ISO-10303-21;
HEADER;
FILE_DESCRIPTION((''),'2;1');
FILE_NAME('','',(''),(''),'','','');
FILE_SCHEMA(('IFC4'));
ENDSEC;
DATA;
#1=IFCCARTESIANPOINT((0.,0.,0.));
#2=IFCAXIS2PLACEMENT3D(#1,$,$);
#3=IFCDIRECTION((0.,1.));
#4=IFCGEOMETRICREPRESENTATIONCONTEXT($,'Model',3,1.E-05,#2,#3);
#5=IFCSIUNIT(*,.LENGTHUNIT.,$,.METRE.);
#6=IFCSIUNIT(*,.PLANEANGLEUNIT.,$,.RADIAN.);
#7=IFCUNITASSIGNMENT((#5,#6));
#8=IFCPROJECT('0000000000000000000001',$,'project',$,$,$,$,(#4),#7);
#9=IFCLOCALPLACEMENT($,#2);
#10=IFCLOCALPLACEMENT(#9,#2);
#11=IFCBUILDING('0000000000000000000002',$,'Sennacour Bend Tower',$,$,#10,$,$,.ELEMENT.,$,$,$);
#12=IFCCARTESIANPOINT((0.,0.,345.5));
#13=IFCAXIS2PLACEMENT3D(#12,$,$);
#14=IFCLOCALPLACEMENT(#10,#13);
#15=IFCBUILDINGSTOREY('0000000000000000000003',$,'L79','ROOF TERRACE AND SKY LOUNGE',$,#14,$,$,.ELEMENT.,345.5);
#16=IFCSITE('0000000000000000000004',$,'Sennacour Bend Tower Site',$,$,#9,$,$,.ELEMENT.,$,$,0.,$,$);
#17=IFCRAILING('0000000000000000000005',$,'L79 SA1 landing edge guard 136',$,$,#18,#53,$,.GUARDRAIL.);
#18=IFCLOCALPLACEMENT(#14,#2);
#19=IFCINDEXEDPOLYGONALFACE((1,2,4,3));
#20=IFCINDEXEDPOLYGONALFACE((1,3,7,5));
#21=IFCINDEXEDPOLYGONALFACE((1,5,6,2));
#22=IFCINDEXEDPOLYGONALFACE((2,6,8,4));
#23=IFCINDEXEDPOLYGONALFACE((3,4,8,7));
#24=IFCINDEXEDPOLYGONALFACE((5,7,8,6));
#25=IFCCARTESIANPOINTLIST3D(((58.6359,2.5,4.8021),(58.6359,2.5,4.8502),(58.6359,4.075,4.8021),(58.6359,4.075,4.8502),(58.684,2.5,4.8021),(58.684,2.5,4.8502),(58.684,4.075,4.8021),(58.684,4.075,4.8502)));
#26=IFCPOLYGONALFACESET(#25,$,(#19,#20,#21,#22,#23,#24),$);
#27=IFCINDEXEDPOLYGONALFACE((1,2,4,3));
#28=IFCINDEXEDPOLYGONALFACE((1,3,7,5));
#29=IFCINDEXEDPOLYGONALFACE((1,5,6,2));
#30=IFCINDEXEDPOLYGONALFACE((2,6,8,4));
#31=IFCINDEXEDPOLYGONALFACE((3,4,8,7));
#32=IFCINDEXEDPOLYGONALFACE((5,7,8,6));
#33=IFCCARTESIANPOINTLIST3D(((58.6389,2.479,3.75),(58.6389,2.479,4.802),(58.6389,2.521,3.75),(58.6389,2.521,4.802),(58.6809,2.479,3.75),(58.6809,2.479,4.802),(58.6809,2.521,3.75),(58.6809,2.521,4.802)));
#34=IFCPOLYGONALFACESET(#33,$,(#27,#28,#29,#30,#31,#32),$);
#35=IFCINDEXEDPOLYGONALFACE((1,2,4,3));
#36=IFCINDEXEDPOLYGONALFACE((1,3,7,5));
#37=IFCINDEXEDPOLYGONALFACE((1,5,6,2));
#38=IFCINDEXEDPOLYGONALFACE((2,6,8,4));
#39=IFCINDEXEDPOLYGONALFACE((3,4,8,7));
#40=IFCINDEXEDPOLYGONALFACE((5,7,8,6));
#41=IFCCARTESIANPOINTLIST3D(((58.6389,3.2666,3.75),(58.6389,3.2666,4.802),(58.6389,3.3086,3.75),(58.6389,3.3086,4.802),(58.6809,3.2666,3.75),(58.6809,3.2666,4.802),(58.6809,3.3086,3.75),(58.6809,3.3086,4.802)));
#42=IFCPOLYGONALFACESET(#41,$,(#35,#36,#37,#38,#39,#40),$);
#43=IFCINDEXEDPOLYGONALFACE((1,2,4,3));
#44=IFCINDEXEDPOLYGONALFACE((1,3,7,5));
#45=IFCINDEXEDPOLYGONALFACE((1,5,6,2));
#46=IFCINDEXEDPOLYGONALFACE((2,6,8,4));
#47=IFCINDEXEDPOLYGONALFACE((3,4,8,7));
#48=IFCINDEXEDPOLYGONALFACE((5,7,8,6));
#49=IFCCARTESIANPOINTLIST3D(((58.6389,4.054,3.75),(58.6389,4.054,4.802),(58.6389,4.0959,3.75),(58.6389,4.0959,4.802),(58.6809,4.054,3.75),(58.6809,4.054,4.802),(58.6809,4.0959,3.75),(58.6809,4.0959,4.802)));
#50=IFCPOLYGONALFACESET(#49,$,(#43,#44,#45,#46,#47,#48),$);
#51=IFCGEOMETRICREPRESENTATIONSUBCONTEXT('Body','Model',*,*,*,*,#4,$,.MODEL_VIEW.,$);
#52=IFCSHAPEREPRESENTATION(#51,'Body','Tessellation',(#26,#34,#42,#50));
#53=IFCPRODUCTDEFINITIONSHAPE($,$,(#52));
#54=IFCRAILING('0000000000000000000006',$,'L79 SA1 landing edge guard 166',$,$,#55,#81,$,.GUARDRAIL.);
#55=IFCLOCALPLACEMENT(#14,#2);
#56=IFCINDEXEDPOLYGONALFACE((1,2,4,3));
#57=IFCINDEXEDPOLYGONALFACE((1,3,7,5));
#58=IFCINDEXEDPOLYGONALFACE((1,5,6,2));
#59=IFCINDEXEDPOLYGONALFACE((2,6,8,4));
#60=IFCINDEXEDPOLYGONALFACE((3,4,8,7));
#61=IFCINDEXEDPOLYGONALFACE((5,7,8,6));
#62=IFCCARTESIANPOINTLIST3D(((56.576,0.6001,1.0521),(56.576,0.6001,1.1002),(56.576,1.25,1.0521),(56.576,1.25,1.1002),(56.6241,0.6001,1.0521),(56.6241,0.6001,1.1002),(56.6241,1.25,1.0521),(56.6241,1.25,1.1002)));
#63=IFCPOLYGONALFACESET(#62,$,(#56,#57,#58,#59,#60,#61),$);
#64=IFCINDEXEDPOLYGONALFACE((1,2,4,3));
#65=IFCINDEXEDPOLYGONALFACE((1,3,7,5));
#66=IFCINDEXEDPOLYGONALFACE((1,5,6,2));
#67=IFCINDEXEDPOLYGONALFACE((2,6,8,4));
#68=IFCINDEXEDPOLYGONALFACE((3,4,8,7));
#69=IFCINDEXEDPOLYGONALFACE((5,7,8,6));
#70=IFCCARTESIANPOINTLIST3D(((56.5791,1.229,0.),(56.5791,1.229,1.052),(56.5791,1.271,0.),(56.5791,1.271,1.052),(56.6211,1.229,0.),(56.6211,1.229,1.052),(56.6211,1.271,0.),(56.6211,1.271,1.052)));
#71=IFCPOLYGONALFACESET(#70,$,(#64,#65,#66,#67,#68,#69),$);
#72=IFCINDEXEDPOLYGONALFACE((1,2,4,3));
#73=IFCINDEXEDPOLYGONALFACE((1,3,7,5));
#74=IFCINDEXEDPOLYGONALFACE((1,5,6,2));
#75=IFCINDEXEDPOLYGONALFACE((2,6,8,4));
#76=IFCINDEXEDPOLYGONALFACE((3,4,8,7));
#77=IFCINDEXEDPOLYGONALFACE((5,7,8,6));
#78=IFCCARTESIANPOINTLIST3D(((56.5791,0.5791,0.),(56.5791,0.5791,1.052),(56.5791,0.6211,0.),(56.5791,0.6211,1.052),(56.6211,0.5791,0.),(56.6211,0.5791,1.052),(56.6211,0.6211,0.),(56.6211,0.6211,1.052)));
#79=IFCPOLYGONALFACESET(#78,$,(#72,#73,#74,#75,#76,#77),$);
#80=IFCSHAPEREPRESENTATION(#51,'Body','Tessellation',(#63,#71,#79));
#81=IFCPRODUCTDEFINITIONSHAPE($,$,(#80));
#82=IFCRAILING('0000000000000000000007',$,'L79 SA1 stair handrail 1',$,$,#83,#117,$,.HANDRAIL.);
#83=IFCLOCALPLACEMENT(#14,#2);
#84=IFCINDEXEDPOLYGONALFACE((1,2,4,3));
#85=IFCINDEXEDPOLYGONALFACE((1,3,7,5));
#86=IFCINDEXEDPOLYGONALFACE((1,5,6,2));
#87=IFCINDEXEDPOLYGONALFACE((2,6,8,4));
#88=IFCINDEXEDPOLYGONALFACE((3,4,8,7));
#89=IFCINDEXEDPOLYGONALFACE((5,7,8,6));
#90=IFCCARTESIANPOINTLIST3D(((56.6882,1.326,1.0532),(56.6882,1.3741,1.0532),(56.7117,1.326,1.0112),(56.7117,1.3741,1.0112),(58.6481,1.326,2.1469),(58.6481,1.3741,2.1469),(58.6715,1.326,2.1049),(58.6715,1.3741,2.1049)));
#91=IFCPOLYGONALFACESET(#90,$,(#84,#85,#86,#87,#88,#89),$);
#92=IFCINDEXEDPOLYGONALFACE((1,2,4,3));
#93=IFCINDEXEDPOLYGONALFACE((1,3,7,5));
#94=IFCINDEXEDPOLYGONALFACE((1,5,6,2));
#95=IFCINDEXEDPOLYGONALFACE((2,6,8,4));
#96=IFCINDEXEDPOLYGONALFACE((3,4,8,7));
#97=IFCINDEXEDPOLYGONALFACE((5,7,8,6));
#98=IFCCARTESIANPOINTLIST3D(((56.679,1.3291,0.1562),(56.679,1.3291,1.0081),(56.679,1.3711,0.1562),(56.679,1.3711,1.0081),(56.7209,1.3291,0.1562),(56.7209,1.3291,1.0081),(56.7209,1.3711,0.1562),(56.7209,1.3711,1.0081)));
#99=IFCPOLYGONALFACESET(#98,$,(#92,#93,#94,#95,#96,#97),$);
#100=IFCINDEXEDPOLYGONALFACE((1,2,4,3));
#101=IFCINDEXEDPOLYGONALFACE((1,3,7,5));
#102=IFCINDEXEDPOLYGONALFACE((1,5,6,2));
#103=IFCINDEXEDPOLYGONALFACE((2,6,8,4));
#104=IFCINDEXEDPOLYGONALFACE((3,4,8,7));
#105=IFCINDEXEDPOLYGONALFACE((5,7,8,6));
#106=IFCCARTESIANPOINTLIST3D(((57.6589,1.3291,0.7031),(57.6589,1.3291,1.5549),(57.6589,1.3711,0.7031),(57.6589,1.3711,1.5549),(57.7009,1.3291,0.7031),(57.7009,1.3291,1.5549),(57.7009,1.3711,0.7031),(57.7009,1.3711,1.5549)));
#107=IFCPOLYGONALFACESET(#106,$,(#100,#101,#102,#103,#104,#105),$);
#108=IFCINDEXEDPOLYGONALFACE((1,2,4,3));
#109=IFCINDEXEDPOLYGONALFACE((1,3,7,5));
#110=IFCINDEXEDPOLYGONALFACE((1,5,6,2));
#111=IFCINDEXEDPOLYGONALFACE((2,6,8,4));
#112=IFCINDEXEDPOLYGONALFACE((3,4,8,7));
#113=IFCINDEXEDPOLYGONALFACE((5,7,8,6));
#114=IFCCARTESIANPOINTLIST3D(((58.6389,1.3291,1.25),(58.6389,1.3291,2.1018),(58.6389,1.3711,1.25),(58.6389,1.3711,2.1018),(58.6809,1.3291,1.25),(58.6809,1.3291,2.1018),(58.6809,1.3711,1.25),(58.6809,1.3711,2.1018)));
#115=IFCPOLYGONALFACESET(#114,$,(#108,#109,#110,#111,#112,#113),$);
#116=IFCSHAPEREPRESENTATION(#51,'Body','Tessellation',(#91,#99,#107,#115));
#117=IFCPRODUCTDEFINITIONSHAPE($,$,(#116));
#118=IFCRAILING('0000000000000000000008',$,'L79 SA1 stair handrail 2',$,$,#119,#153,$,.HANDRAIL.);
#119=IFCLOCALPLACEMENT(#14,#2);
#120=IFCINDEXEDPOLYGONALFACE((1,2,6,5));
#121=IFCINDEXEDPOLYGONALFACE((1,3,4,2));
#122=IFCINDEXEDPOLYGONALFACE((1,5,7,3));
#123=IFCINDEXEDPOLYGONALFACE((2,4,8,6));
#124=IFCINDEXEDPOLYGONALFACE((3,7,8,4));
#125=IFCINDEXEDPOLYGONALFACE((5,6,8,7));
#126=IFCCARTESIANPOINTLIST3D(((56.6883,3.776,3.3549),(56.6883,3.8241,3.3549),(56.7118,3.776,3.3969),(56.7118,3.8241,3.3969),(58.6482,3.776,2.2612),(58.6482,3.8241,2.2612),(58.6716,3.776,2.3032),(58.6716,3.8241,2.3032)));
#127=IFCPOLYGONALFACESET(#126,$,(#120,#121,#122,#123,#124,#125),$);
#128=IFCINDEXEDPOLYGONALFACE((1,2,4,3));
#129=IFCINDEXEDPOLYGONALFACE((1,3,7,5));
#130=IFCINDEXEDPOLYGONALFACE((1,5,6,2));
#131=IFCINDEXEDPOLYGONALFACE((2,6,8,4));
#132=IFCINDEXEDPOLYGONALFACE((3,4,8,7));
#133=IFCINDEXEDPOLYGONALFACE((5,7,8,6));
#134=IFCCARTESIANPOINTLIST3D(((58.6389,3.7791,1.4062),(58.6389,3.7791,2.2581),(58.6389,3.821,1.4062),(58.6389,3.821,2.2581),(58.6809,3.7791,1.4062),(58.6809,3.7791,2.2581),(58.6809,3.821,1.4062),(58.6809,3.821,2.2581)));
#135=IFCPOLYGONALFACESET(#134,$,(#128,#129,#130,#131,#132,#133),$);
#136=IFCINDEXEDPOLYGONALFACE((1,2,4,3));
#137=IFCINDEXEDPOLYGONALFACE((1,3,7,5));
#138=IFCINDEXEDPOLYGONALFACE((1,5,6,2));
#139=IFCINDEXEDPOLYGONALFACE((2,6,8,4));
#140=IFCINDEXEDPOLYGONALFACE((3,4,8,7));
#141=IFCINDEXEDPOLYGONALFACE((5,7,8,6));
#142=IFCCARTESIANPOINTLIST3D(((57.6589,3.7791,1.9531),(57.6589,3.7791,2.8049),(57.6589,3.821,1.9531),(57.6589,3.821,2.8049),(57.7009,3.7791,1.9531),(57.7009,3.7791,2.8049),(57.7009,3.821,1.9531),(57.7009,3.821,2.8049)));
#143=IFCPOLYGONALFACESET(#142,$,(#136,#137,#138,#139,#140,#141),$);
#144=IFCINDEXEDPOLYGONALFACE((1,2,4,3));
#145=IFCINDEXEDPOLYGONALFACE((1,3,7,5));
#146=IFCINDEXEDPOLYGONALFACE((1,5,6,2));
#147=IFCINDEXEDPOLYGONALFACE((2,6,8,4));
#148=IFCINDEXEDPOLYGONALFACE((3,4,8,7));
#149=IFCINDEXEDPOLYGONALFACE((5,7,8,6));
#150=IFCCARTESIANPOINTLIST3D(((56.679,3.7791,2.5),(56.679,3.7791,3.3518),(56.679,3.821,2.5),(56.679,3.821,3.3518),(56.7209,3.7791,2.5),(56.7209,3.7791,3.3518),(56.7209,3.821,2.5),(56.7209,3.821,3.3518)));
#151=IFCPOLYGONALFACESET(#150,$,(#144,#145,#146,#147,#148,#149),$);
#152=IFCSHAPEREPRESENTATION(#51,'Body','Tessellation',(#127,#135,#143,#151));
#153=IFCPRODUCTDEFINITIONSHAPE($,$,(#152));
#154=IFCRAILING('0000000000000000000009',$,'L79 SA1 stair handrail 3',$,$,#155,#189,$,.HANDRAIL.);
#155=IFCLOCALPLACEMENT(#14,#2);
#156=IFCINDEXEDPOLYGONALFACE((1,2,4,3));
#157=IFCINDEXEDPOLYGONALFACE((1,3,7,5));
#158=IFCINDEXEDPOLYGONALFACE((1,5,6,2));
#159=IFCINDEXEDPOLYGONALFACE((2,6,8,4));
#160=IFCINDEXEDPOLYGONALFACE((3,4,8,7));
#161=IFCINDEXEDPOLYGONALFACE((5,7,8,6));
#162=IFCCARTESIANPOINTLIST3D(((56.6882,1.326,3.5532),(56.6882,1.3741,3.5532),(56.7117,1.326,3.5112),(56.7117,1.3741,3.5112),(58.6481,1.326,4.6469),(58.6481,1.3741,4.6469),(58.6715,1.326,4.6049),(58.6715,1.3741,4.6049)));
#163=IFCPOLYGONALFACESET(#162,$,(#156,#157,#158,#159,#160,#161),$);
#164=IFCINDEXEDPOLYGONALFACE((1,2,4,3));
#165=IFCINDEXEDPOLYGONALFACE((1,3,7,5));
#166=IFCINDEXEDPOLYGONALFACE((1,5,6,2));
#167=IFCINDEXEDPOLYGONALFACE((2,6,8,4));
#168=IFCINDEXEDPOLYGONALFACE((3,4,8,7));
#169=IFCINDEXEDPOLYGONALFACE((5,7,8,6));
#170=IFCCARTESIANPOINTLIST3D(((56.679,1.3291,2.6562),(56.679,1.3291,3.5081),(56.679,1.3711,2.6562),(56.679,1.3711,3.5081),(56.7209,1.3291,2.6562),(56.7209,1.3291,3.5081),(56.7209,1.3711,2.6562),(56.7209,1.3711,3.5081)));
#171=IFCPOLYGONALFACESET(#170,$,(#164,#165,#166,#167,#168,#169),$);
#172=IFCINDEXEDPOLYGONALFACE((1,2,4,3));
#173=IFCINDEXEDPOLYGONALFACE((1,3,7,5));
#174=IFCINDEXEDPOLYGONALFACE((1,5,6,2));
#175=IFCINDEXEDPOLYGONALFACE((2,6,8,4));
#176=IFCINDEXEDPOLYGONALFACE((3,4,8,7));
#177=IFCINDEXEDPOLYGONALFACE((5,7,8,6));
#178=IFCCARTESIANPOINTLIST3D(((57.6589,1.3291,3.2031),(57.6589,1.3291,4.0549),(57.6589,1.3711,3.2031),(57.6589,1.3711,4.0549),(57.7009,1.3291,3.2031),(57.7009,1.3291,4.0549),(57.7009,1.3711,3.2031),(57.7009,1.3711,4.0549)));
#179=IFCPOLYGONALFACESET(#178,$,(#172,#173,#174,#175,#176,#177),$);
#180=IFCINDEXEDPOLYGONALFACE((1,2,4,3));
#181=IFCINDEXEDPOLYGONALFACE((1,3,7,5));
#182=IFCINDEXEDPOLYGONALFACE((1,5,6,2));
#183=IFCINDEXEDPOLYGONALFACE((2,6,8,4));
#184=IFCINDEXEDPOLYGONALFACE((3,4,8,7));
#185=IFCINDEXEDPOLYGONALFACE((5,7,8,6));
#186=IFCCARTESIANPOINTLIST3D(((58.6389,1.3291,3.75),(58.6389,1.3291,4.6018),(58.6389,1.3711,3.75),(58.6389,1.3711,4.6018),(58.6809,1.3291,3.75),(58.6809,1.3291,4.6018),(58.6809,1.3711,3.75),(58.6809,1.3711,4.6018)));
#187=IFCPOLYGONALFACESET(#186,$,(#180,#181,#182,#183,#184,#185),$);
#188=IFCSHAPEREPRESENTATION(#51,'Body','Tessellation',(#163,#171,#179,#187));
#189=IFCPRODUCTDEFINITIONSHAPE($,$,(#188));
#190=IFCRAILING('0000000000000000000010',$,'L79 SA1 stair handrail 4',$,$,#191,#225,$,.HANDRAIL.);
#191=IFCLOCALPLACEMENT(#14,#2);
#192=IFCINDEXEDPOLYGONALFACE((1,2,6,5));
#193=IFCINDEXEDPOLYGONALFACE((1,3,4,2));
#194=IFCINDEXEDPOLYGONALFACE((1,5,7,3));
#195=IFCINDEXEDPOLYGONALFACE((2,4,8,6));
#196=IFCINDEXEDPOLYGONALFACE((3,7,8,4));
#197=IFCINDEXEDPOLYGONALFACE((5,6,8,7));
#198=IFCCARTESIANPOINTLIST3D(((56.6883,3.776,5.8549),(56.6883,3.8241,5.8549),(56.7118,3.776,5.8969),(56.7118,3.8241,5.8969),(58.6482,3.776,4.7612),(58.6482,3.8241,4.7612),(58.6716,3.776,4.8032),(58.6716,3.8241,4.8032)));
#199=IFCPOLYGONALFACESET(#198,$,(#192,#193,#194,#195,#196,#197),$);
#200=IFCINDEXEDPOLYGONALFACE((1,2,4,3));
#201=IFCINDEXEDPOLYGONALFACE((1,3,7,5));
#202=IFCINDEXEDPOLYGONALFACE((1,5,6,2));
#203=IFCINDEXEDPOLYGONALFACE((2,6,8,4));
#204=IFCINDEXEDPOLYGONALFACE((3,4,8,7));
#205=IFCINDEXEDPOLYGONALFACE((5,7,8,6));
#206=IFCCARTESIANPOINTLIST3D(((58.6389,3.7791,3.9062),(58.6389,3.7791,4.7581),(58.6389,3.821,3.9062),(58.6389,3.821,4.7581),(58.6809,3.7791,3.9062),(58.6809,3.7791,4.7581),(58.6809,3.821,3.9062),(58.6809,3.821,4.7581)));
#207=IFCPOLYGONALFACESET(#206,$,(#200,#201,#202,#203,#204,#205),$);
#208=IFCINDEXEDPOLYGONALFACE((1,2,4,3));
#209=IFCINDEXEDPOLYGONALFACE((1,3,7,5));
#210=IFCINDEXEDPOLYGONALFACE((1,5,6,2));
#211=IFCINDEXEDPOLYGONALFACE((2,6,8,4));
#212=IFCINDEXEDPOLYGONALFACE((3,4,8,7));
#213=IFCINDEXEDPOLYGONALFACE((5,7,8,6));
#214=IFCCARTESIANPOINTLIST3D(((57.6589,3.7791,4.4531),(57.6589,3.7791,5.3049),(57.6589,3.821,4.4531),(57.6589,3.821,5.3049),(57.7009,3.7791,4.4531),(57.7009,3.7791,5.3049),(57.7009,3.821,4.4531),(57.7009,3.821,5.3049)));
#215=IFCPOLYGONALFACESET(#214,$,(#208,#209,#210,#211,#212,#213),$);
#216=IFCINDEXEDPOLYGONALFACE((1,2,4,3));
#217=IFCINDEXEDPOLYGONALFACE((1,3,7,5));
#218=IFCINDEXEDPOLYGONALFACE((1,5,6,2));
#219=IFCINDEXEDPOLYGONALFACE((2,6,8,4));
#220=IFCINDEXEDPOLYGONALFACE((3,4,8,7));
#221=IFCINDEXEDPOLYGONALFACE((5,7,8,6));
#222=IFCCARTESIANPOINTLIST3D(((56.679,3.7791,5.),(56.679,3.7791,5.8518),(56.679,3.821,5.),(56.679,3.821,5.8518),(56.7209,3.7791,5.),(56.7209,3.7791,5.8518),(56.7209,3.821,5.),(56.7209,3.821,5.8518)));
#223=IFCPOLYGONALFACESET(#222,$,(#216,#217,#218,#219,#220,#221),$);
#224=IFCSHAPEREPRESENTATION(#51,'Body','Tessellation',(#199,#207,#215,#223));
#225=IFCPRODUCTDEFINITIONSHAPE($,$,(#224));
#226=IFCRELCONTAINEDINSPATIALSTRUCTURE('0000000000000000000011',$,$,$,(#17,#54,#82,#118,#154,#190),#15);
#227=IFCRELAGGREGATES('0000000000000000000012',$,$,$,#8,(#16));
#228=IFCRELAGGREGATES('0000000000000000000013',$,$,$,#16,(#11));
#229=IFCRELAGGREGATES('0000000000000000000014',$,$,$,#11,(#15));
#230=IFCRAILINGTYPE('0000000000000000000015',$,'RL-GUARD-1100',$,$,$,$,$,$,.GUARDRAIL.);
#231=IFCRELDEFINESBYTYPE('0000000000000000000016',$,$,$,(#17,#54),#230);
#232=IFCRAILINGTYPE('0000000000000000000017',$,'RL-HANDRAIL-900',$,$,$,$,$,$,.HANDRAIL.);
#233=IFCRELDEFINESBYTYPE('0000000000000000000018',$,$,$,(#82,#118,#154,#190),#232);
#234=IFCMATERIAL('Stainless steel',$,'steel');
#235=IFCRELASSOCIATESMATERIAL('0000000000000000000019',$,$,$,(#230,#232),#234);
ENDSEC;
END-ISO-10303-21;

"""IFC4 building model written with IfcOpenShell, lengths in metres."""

from ifc_helpers import new_model, si_unit, direction, frame, origin, origin_2d, place, context, subcontext, project, spatial, rectangle, extrude, material, type_object, element, save


model = new_model("IFC4")

# Units and contexts
model_context = context("Model", 3, precision=1e-05, world=origin(), true_north=direction((0.0, 1.0)))
body_context = subcontext(model_context, "Body", "Model", "MODEL_VIEW")
ifc_project = project(units=[si_unit("LENGTHUNIT", "METRE"), si_unit("PLANEANGLEUNIT", "RADIAN")], contexts=[model_context])

# Site, building, storey
site_placement = place(None, origin())
site = spatial("IfcSite", under=ifc_project, at=site_placement, Name="Sennacour Bend Tower Site", CompositionType="ELEMENT", RefElevation=0.0)
building_placement = place(site_placement, origin())
building = spatial("IfcBuilding", under=site, at=building_placement, Name="Sennacour Bend Tower", CompositionType="ELEMENT")
storey_placement = place(building_placement, frame((0.0, 0.0, 345.5)))
storey = spatial("IfcBuildingStorey", under=building, at=storey_placement, Name="L79", Description="ROOF TERRACE AND SKY LOUNGE", CompositionType="ELEMENT", Elevation=345.5)

# Railings
ifc_material_1 = material(Name="Stainless steel", Category="steel")
railing_type_1 = type_object("IfcRailingType", Name="RL-GUARD-1100", PredefinedType="GUARDRAIL", material=ifc_material_1)
railing_1_placement = place(storey_placement, frame((58.6599, 2.5, 3.75)))
element("IfcRailing", 1, at=railing_1_placement, inside=storey, type_object=railing_type_1, Name="L79 SA1 landing edge guard 136", PredefinedType="GUARDRAIL", context=body_context, shape_type="SweptSolid", body=[
    extrude(rectangle(XDim=0.0481, YDim=0.0481, at=origin_2d()), frame((0.0, 0.0, 1.0762), z_axis=(0.0, 1.0, 0.0), x_axis=(-1.0, 0.0, 0.0)), (0.0, 0.0, 1.0), 1.575),
    extrude(rectangle(XDim=0.042, YDim=0.042, at=origin_2d()), origin(), (0.0, 0.0, 1.0), 1.052),
    extrude(rectangle(XDim=0.042, YDim=0.042, at=origin_2d()), frame((0.0, 0.7876, 0.0)), (0.0, 0.0, 1.0), 1.052),
    extrude(rectangle(XDim=0.042, YDim=0.042, at=origin_2d()), frame((0.0, 1.575, 0.0)), (0.0, 0.0, 1.0), 1.052),
])
railing_2_placement = place(storey_placement, frame((56.6001, 1.25, 0.0)))
element("IfcRailing", 2, at=railing_2_placement, inside=storey, type_object=railing_type_1, Name="L79 SA1 landing edge guard 166", PredefinedType="GUARDRAIL", context=body_context, shape_type="SweptSolid", body=[
    extrude(rectangle(XDim=0.0481, YDim=0.0481, at=origin_2d()), frame((0.0, 0.0, 1.0762), z_axis=(0.0, -1.0, 0.0), x_axis=(1.0, 0.0, 0.0)), (0.0, 0.0, 1.0), 0.6499),
    extrude(rectangle(XDim=0.042, YDim=0.042, at=origin_2d()), origin(), (0.0, 0.0, 1.0), 1.052),
    extrude(rectangle(XDim=0.042, YDim=0.042, at=origin_2d()), frame((0.0, -0.6499, 0.0)), (0.0, 0.0, 1.0), 1.052),
])
railing_type_2 = type_object("IfcRailingType", Name="RL-HANDRAIL-900", PredefinedType="HANDRAIL", material=ifc_material_1)
railing_3_placement = place(storey_placement, frame((56.7, 1.3501, 0.1562)))
element("IfcRailing", 3, at=railing_3_placement, inside=storey, type_object=railing_type_2, Name="L79 SA1 stair handrail 1", PredefinedType="HANDRAIL", context=body_context, shape_type="SweptSolid", body=[
    extrude(rectangle(XDim=0.0481, YDim=0.0481, at=origin_2d()), frame((0.0, 0.0, 0.876), z_axis=(0.873232, 0.0, 0.487304), x_axis=(0.0, 1.0, 0.0)), (0.0, 0.0, 1.0), 2.2444),
    extrude(rectangle(XDim=0.042, YDim=0.042, at=origin_2d()), origin(), (0.0, 0.0, 1.0), 0.8518),
    extrude(rectangle(XDim=0.042, YDim=0.042, at=origin_2d()), frame((0.98, 0.0, 0.5469)), (0.0, 0.0, 1.0), 0.8518),
    extrude(rectangle(XDim=0.042, YDim=0.042, at=origin_2d()), frame((1.96, 0.0, 1.0938)), (0.0, 0.0, 1.0), 0.8518),
])
railing_4_placement = place(storey_placement, frame((58.6599, 3.8, 1.4062)))
element("IfcRailing", 4, at=railing_4_placement, inside=storey, type_object=railing_type_2, Name="L79 SA1 stair handrail 2", PredefinedType="HANDRAIL", context=body_context, shape_type="SweptSolid", body=[
    extrude(rectangle(XDim=0.0481, YDim=0.0481, at=origin_2d()), frame((0.0, 0.0, 0.876), z_axis=(-0.873232, 0.0, 0.487304), x_axis=(0.0, -1.0, 0.0)), (0.0, 0.0, 1.0), 2.2444),
    extrude(rectangle(XDim=0.042, YDim=0.042, at=origin_2d()), origin(), (0.0, 0.0, 1.0), 0.8518),
    extrude(rectangle(XDim=0.042, YDim=0.042, at=origin_2d()), frame((-0.98, 0.0, 0.5469)), (0.0, 0.0, 1.0), 0.8518),
    extrude(rectangle(XDim=0.042, YDim=0.042, at=origin_2d()), frame((-1.96, 0.0, 1.0938)), (0.0, 0.0, 1.0), 0.8518),
])
railing_5_placement = place(storey_placement, frame((56.7, 1.3501, 2.6562)))
element("IfcRailing", 5, at=railing_5_placement, inside=storey, type_object=railing_type_2, Name="L79 SA1 stair handrail 3", PredefinedType="HANDRAIL", context=body_context, shape_type="SweptSolid", body=[
    extrude(rectangle(XDim=0.0481, YDim=0.0481, at=origin_2d()), frame((0.0, 0.0, 0.876), z_axis=(0.873232, 0.0, 0.487304), x_axis=(0.0, 1.0, 0.0)), (0.0, 0.0, 1.0), 2.2444),
    extrude(rectangle(XDim=0.042, YDim=0.042, at=origin_2d()), origin(), (0.0, 0.0, 1.0), 0.8518),
    extrude(rectangle(XDim=0.042, YDim=0.042, at=origin_2d()), frame((0.98, 0.0, 0.5469)), (0.0, 0.0, 1.0), 0.8518),
    extrude(rectangle(XDim=0.042, YDim=0.042, at=origin_2d()), frame((1.96, 0.0, 1.0938)), (0.0, 0.0, 1.0), 0.8518),
])
railing_6_placement = place(storey_placement, frame((58.6599, 3.8, 3.9062)))
element("IfcRailing", 6, at=railing_6_placement, inside=storey, type_object=railing_type_2, Name="L79 SA1 stair handrail 4", PredefinedType="HANDRAIL", context=body_context, shape_type="SweptSolid", body=[
    extrude(rectangle(XDim=0.0481, YDim=0.0481, at=origin_2d()), frame((0.0, 0.0, 0.876), z_axis=(-0.873232, 0.0, 0.487304), x_axis=(0.0, -1.0, 0.0)), (0.0, 0.0, 1.0), 2.2444),
    extrude(rectangle(XDim=0.042, YDim=0.042, at=origin_2d()), origin(), (0.0, 0.0, 1.0), 0.8518),
    extrude(rectangle(XDim=0.042, YDim=0.042, at=origin_2d()), frame((-0.98, 0.0, 0.5469)), (0.0, 0.0, 1.0), 0.8518),
    extrude(rectangle(XDim=0.042, YDim=0.042, at=origin_2d()), frame((-1.96, 0.0, 1.0938)), (0.0, 0.0, 1.0), 0.8518),
])

save(model, "model.ifc")
